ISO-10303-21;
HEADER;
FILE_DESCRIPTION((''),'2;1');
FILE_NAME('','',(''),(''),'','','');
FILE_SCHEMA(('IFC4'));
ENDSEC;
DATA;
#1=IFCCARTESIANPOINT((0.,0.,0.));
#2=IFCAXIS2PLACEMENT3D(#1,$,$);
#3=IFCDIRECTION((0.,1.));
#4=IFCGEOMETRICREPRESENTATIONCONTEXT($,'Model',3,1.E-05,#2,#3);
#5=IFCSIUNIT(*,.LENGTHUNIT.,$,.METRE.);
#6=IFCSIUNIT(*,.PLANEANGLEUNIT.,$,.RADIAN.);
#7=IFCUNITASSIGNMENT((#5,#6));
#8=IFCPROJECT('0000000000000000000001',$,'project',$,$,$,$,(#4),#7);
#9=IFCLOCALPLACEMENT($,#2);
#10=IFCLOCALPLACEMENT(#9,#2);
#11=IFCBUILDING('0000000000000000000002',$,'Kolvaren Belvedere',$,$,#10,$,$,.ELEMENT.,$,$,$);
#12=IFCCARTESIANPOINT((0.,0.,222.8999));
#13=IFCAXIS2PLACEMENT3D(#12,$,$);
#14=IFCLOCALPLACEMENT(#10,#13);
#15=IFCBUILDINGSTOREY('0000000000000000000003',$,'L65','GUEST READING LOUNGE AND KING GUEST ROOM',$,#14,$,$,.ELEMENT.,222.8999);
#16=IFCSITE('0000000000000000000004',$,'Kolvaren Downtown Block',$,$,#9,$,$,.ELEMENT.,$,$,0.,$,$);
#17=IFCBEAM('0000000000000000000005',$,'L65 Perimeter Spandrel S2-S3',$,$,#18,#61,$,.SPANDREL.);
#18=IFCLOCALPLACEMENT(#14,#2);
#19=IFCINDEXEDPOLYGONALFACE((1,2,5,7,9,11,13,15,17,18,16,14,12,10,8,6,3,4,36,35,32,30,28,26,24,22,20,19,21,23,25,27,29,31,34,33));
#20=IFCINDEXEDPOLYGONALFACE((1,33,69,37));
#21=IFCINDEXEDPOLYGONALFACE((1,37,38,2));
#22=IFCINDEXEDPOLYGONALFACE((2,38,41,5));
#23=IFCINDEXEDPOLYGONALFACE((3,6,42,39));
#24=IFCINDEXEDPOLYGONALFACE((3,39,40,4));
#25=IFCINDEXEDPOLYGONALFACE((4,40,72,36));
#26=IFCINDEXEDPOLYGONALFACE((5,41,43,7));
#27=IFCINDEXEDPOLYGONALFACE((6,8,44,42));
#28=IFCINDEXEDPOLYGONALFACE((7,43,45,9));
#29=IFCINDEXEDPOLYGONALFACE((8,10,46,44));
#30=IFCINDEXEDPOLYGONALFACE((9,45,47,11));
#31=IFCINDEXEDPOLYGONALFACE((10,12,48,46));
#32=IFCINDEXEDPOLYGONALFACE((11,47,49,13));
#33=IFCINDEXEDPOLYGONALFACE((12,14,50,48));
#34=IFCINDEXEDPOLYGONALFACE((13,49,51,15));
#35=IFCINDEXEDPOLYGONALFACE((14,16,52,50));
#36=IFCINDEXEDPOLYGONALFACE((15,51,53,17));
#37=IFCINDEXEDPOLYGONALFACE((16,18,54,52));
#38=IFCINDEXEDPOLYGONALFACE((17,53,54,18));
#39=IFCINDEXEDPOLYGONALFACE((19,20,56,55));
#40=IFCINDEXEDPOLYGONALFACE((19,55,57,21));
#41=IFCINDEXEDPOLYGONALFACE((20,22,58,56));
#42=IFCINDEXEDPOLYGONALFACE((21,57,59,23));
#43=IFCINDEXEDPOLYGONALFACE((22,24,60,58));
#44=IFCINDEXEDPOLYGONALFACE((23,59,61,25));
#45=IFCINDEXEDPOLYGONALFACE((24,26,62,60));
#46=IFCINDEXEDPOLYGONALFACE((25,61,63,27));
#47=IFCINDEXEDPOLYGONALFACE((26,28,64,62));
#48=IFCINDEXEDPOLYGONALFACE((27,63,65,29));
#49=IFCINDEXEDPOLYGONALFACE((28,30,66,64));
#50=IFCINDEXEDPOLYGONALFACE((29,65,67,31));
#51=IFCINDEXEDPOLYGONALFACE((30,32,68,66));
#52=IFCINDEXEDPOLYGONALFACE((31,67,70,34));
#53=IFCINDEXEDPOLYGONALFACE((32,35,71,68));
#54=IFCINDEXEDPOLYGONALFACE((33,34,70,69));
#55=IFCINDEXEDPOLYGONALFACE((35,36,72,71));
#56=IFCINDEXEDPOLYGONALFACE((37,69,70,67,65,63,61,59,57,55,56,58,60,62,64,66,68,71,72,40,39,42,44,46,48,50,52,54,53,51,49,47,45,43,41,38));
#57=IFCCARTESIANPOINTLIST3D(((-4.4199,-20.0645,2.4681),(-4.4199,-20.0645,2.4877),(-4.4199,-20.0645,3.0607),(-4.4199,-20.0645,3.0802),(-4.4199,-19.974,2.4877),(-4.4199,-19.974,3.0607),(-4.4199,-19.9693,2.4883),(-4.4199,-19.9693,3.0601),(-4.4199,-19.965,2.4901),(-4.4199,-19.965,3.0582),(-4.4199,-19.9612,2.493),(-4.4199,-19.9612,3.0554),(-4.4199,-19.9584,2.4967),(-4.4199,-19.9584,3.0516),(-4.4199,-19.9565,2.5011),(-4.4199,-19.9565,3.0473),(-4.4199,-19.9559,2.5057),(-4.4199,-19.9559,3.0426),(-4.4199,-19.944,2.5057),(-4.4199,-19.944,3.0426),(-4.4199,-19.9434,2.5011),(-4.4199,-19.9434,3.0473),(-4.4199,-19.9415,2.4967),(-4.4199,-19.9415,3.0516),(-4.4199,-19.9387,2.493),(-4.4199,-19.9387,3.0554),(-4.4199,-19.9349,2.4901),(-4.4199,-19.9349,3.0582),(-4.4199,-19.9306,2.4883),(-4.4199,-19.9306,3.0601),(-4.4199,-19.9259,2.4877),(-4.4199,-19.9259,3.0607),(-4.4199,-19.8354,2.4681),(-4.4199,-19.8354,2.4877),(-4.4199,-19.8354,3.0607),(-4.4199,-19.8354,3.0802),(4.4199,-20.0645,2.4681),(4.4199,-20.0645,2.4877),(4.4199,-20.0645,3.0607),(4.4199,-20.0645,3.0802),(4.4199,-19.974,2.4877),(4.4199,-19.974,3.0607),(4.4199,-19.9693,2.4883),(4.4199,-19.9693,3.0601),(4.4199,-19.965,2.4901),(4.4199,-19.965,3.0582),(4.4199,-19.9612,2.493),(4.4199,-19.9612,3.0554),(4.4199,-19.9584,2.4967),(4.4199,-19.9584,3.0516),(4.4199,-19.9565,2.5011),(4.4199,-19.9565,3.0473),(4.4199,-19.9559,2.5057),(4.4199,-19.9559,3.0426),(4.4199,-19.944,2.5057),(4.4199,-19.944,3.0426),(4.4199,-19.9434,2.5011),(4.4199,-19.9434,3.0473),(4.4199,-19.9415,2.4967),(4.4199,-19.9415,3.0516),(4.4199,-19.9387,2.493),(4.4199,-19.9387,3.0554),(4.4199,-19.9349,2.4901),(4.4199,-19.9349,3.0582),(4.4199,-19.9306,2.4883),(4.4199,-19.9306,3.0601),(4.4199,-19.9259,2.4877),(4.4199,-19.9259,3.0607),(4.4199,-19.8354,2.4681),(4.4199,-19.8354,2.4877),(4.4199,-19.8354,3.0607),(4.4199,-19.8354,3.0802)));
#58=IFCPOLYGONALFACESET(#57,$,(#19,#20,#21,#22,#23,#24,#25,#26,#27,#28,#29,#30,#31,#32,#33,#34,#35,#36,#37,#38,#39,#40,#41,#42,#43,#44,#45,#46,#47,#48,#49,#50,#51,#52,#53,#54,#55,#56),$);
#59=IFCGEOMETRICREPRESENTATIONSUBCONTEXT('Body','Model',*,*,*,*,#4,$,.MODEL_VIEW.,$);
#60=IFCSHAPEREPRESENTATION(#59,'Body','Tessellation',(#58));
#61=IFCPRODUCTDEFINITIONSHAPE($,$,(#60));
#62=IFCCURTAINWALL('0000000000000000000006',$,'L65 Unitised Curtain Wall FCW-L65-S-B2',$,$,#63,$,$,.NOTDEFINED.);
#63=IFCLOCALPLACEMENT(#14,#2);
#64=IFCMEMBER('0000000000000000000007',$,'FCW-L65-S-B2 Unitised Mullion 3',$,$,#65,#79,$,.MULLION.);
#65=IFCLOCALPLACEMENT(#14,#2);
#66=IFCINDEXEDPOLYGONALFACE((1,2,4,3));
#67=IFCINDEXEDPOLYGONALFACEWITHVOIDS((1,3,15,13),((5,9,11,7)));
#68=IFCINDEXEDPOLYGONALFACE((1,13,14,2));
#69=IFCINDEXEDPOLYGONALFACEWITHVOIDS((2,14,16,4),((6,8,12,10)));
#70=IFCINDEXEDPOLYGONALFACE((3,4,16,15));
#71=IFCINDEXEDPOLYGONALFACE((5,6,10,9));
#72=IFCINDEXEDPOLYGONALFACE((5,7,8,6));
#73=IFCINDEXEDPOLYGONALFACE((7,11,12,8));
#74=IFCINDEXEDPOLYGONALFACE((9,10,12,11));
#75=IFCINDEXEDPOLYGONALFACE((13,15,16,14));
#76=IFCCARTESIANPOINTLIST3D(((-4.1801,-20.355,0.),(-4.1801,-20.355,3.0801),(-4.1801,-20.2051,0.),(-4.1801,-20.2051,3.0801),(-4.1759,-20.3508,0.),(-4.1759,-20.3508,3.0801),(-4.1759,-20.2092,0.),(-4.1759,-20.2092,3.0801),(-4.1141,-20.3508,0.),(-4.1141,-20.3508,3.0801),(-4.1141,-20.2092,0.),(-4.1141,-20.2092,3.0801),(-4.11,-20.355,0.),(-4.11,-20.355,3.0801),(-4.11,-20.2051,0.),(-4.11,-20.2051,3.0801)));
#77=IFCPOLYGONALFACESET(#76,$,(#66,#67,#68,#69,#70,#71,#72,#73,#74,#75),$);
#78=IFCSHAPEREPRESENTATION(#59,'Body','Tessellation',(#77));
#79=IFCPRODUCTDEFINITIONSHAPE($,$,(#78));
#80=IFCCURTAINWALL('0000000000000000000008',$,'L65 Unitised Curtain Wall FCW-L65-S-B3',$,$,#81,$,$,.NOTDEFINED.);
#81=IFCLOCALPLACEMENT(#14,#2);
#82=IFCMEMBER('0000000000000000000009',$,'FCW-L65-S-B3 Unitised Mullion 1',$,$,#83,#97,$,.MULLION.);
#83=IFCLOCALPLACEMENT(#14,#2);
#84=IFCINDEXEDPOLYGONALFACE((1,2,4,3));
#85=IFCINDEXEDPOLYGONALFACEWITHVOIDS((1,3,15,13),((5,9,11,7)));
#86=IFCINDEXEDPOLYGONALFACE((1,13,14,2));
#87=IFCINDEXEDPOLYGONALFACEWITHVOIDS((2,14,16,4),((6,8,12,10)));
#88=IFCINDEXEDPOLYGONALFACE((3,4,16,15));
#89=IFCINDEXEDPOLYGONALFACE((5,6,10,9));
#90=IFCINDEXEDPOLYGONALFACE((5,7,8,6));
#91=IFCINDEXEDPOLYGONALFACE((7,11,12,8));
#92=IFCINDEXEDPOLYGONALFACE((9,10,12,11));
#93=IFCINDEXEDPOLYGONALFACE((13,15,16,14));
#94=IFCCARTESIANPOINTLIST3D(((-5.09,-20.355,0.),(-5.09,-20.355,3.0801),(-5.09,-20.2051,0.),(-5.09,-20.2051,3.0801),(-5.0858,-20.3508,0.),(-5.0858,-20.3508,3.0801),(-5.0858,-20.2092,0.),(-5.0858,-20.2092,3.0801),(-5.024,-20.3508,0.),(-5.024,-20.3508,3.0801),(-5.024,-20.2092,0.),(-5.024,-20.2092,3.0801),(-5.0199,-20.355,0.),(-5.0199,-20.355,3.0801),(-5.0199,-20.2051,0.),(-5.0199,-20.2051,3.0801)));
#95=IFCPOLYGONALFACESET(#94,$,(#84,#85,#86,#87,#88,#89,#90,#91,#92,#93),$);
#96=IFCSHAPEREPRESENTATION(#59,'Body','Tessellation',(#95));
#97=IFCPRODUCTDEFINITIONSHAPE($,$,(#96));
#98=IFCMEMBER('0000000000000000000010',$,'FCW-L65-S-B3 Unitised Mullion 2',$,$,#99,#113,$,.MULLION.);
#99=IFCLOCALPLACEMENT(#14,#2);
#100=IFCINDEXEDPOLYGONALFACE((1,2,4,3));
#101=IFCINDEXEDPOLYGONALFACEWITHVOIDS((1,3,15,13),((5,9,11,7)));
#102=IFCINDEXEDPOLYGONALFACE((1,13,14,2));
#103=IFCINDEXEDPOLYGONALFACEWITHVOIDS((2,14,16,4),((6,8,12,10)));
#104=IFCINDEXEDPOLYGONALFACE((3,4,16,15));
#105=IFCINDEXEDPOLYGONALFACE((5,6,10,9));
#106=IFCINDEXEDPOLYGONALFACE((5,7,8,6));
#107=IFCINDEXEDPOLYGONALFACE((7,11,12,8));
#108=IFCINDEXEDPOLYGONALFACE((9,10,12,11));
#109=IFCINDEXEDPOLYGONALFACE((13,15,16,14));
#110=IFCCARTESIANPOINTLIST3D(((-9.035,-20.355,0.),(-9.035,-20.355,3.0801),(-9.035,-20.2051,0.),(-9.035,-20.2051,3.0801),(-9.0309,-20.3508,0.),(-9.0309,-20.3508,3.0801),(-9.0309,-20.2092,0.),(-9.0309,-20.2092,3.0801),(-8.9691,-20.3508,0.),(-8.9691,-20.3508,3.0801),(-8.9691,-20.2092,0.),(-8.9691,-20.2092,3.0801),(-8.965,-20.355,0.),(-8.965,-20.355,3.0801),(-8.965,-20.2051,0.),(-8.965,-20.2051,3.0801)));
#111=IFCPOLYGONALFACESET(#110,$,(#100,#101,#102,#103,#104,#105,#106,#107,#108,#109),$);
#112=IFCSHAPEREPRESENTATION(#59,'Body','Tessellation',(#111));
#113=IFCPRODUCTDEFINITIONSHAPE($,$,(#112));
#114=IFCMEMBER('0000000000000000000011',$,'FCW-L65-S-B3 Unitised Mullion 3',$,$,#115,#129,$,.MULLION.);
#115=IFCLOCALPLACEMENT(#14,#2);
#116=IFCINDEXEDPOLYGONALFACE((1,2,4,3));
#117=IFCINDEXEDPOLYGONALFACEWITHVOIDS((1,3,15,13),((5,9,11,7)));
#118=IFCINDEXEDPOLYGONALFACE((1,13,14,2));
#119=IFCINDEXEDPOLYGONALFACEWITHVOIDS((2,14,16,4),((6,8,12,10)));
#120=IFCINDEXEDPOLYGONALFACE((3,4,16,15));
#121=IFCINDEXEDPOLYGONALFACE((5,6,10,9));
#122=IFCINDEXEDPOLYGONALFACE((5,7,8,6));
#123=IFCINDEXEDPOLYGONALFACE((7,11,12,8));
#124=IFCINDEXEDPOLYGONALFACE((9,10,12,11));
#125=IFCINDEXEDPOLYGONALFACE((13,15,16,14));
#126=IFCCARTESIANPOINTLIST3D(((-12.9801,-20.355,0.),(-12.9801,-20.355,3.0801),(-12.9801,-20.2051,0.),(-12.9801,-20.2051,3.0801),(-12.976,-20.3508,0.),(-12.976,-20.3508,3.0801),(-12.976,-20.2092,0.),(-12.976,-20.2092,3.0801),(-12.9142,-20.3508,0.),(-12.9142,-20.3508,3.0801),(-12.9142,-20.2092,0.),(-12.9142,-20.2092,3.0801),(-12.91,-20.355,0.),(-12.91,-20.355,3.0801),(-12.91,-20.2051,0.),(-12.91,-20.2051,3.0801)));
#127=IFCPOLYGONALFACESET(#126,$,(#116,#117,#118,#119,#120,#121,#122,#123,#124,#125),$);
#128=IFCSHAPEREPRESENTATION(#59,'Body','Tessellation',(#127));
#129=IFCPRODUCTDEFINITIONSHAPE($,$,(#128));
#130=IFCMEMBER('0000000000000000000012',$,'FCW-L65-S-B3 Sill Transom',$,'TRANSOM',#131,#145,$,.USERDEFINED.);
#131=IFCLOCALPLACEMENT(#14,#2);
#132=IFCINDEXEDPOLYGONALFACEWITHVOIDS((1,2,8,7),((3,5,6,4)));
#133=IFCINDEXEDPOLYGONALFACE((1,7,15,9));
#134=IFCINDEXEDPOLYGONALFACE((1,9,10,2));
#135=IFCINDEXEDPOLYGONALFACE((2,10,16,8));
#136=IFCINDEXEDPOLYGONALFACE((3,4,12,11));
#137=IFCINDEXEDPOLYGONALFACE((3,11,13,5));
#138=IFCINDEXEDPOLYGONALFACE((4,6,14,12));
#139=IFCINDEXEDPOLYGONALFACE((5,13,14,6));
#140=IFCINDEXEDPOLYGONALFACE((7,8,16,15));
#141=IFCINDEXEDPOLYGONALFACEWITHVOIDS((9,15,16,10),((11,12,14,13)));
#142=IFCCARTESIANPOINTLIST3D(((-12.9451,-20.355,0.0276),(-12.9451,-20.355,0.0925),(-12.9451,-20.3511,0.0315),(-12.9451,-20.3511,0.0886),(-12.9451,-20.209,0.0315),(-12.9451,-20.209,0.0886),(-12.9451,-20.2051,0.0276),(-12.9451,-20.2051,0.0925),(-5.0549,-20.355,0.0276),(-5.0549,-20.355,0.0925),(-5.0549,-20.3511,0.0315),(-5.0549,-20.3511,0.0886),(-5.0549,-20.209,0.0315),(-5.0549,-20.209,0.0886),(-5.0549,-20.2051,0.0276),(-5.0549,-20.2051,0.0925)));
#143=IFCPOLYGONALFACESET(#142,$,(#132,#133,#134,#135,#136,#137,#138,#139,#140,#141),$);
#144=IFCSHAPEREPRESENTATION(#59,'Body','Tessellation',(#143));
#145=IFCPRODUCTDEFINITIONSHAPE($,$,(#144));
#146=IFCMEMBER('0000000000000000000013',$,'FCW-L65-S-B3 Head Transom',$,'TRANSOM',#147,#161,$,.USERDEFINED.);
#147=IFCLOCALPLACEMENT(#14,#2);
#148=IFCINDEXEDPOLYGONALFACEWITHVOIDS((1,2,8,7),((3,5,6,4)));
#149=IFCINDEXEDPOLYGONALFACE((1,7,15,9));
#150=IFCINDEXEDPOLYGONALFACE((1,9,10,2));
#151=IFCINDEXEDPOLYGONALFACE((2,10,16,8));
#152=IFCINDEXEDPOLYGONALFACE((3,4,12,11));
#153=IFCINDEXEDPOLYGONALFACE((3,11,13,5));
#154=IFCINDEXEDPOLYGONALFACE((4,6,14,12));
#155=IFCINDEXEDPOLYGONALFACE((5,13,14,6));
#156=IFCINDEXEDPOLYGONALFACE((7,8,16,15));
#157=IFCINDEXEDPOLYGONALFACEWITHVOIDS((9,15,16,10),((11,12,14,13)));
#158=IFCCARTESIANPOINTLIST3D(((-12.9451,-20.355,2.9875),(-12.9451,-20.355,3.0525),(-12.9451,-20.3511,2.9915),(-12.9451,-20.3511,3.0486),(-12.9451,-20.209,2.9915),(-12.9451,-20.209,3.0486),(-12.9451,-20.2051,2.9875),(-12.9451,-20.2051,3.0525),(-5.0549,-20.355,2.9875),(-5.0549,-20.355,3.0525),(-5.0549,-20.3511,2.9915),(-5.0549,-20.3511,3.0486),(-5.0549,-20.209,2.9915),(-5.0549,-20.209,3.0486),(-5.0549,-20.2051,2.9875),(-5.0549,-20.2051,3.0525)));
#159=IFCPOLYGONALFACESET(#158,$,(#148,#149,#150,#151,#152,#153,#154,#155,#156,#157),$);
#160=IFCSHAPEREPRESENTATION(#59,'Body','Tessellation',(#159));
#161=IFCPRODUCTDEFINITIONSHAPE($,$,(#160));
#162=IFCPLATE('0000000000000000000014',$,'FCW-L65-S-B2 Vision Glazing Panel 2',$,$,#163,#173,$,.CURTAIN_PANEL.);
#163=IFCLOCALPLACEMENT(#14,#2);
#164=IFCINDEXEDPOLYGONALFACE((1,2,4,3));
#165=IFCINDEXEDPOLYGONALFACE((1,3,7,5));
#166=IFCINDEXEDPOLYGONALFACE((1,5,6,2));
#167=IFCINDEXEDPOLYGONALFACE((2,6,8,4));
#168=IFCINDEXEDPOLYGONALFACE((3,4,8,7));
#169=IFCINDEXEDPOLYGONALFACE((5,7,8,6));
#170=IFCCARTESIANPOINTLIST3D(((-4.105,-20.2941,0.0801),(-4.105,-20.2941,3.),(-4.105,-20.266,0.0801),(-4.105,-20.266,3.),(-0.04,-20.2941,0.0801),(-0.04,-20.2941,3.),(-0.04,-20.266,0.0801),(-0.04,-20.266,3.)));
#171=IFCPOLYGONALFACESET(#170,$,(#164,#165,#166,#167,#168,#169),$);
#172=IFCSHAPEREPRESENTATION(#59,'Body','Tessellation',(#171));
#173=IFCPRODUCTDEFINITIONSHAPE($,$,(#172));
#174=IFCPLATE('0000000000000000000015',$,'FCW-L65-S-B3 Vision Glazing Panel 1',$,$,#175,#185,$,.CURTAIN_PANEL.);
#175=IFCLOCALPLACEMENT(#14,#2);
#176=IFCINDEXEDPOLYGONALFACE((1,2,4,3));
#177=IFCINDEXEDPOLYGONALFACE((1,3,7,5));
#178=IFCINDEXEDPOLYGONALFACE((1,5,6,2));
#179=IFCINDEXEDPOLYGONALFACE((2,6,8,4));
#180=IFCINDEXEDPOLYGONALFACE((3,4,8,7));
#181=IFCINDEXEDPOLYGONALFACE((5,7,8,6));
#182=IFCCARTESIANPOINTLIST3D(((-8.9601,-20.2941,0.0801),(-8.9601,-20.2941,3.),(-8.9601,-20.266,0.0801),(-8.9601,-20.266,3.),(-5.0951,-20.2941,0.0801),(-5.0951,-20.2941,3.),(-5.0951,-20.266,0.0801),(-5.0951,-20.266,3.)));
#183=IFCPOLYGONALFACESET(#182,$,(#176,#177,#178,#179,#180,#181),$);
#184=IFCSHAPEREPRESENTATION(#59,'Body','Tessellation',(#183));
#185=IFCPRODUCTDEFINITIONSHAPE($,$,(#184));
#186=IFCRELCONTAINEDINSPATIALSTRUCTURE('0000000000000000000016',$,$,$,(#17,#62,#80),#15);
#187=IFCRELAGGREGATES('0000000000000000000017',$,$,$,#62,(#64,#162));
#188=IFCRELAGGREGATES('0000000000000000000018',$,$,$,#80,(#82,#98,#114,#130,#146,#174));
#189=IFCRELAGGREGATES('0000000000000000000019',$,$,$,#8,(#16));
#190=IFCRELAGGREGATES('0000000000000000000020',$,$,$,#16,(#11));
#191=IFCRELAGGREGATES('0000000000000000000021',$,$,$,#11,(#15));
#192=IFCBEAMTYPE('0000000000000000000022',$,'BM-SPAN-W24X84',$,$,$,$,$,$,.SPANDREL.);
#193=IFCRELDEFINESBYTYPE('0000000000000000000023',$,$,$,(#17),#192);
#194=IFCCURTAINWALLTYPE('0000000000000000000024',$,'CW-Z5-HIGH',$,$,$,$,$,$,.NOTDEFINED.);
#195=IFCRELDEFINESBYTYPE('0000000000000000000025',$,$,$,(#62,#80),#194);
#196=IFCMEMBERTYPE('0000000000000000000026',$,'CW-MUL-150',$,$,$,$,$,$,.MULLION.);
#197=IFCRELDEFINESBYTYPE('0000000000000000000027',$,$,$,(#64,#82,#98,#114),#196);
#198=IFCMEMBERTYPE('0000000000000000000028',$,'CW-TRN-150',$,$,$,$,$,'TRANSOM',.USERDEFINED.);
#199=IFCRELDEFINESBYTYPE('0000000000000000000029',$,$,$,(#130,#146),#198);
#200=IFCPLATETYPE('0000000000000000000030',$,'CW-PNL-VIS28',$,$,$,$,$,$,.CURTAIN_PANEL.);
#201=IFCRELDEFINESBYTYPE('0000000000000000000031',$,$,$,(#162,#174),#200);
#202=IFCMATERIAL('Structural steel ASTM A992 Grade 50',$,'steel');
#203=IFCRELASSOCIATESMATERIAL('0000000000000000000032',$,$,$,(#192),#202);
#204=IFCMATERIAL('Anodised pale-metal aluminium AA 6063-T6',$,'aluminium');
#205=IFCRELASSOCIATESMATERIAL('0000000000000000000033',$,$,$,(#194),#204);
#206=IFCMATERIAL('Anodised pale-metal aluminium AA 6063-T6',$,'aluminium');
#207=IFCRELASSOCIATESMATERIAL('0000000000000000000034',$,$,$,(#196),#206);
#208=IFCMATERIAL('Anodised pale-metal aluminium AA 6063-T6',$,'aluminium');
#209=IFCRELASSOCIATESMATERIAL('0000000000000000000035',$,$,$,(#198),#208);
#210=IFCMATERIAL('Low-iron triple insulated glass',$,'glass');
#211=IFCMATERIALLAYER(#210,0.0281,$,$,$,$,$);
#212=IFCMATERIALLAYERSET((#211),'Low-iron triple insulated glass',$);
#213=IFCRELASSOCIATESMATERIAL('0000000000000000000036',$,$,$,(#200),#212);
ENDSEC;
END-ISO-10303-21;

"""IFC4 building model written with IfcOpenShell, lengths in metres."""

from ifc_helpers import new_model, si_unit, direction, frame, origin, origin_2d, place, context, subcontext, project, spatial, rectangle, hollow_rectangle, i_section, extrude, material, layer, layer_set, material_profile, profile_set, type_object, element, aggregate, save


model = new_model("IFC4")

# Units and contexts
model_context = context("Model", 3, precision=1e-05, world=origin(), true_north=direction((0.0, 1.0)))
body_context = subcontext(model_context, "Body", "Model", "MODEL_VIEW")
ifc_project = project(units=[si_unit("LENGTHUNIT", "METRE"), si_unit("PLANEANGLEUNIT", "RADIAN")], contexts=[model_context])

# Site, building, storey
site_placement = place(None, origin())
site = spatial("IfcSite", under=ifc_project, at=site_placement, Name="Kolvaren Downtown Block", CompositionType="ELEMENT", RefElevation=0.0)
building_placement = place(site_placement, origin())
building = spatial("IfcBuilding", under=site, at=building_placement, Name="Kolvaren Belvedere", CompositionType="ELEMENT")
storey_placement = place(building_placement, frame((0.0, 0.0, 222.8999)))
storey = spatial("IfcBuildingStorey", under=building, at=storey_placement, Name="L65", Description="GUEST READING LOUNGE AND KING GUEST ROOM", CompositionType="ELEMENT", Elevation=222.8999)

# Beam
ifc_material_1 = material(Name="Structural steel ASTM A992 Grade 50", Category="steel")
ifc_material_profile_1 = material_profile(ifc_material_1, i_section(OverallWidth=0.229, OverallDepth=0.6121, WebThickness=0.012, FlangeThickness=0.0195, FilletRadius=0.0181, at=origin_2d()), Name="W24X84")
ifc_profile_set_1 = profile_set([ifc_material_profile_1], Name="Structural steel ASTM A992 Grade 50")
beam_type_1 = type_object("IfcBeamType", Name="BM-SPAN-W24X84", PredefinedType="SPANDREL", material=ifc_profile_set_1)
beam_1_placement = place(storey_placement, frame((-4.4199, -19.95, 2.7742), z_axis=(1.0, 0.0, 0.0), x_axis=(0.0, 1.0, 0.0)))
element("IfcBeam", 1, at=beam_1_placement, inside=storey, type_object=beam_type_1, Name="L65 Perimeter Spandrel S2-S3", PredefinedType="SPANDREL", context=body_context, shape_type="SweptSolid", body=[
    extrude(i_section(OverallWidth=0.229, OverallDepth=0.6121, WebThickness=0.012, FlangeThickness=0.0195, FilletRadius=0.0181, at=origin_2d()), origin(), (0.0, 0.0, 1.0), 8.8398),
])

# Curtain wall, member
ifc_material_2 = material(Name="Anodised pale-metal aluminium AA 6063-T6", Category="aluminium")
curtain_wall_type = type_object("IfcCurtainWallType", Name="CW-Z5-HIGH", PredefinedType="NOTDEFINED", material=ifc_material_2)
curtain_wall_1_placement = place(storey_placement, origin())
curtain_wall_1 = element("IfcCurtainWall", 2, at=curtain_wall_1_placement, inside=storey, type_object=curtain_wall_type, Name="L65 Unitised Curtain Wall FCW-L65-S-B2", PredefinedType="NOTDEFINED")
ifc_material_3 = material(Name="Anodised pale-metal aluminium AA 6063-T6", Category="aluminium")
ifc_material_profile_2 = material_profile(ifc_material_3, hollow_rectangle(XDim=0.0701, YDim=0.1499, WallThickness=0.0042, at=origin_2d()), Name="ALU-MUL-150X70")
ifc_profile_set_2 = profile_set([ifc_material_profile_2], Name="Anodised pale-metal aluminium AA 6063-T6")
member_type_1 = type_object("IfcMemberType", Name="CW-MUL-150", PredefinedType="MULLION", material=ifc_profile_set_2)
member_1_placement = place(storey_placement, frame((-4.145, -20.28, 0.0), z_axis=(0.0, 0.0, 1.0), x_axis=(1.0, 0.0, 0.0)))
member_1 = element("IfcMember", 3, at=member_1_placement, type_object=member_type_1, Name="FCW-L65-S-B2 Unitised Mullion 3", PredefinedType="MULLION", context=body_context, shape_type="SweptSolid", body=[
    extrude(hollow_rectangle(XDim=0.0701, YDim=0.1499, WallThickness=0.0042, at=origin_2d()), origin(), (0.0, 0.0, 1.0), 3.0801),
])

# Curtain wall, members
curtain_wall_2_placement = place(storey_placement, origin())
curtain_wall_2 = element("IfcCurtainWall", 4, at=curtain_wall_2_placement, inside=storey, type_object=curtain_wall_type, Name="L65 Unitised Curtain Wall FCW-L65-S-B3", PredefinedType="NOTDEFINED")
member_2_placement = place(storey_placement, frame((-5.0549, -20.28, 0.0), z_axis=(0.0, 0.0, 1.0), x_axis=(1.0, 0.0, 0.0)))
member_2 = element("IfcMember", 5, at=member_2_placement, type_object=member_type_1, Name="FCW-L65-S-B3 Unitised Mullion 1", PredefinedType="MULLION", context=body_context, shape_type="SweptSolid", body=[
    extrude(hollow_rectangle(XDim=0.0701, YDim=0.1499, WallThickness=0.0042, at=origin_2d()), origin(), (0.0, 0.0, 1.0), 3.0801),
])
member_3_placement = place(storey_placement, frame((-9.0, -20.28, 0.0), z_axis=(0.0, 0.0, 1.0), x_axis=(1.0, 0.0, 0.0)))
member_3 = element("IfcMember", 6, at=member_3_placement, type_object=member_type_1, Name="FCW-L65-S-B3 Unitised Mullion 2", PredefinedType="MULLION", context=body_context, shape_type="SweptSolid", body=[
    extrude(hollow_rectangle(XDim=0.0701, YDim=0.1499, WallThickness=0.0042, at=origin_2d()), origin(), (0.0, 0.0, 1.0), 3.0801),
])
member_4_placement = place(storey_placement, frame((-12.9451, -20.28, 0.0), z_axis=(0.0, 0.0, 1.0), x_axis=(1.0, 0.0, 0.0)))
member_4 = element("IfcMember", 7, at=member_4_placement, type_object=member_type_1, Name="FCW-L65-S-B3 Unitised Mullion 3", PredefinedType="MULLION", context=body_context, shape_type="SweptSolid", body=[
    extrude(hollow_rectangle(XDim=0.0701, YDim=0.1499, WallThickness=0.0042, at=origin_2d()), origin(), (0.0, 0.0, 1.0), 3.0801),
])
ifc_material_4 = material(Name="Anodised pale-metal aluminium AA 6063-T6", Category="aluminium")
ifc_material_profile_3 = material_profile(ifc_material_4, hollow_rectangle(XDim=0.0649, YDim=0.1499, WallThickness=0.0039, at=origin_2d()), Name="ALU-TRN-150X65")
ifc_profile_set_3 = profile_set([ifc_material_profile_3], Name="Anodised pale-metal aluminium AA 6063-T6")
member_type_2 = type_object("IfcMemberType", Name="CW-TRN-150", ElementType="TRANSOM", PredefinedType="USERDEFINED", material=ifc_profile_set_3)
member_5_placement = place(storey_placement, frame((-5.0549, -20.28, 0.0601), z_axis=(-1.0, 0.0, 0.0), x_axis=(0.0, 0.0, 1.0)))
member_5 = element("IfcMember", 8, at=member_5_placement, type_object=member_type_2, Name="FCW-L65-S-B3 Sill Transom", ObjectType="TRANSOM", PredefinedType="USERDEFINED", context=body_context, shape_type="SweptSolid", body=[
    extrude(hollow_rectangle(XDim=0.0649, YDim=0.1499, WallThickness=0.0039, at=origin_2d()), origin(), (0.0, 0.0, 1.0), 7.8901),
])
member_6_placement = place(storey_placement, frame((-5.0549, -20.28, 3.02), z_axis=(-1.0, 0.0, 0.0), x_axis=(0.0, 0.0, 1.0)))
member_6 = element("IfcMember", 9, at=member_6_placement, type_object=member_type_2, Name="FCW-L65-S-B3 Head Transom", ObjectType="TRANSOM", PredefinedType="USERDEFINED", context=body_context, shape_type="SweptSolid", body=[
    extrude(hollow_rectangle(XDim=0.0649, YDim=0.1499, WallThickness=0.0039, at=origin_2d()), origin(), (0.0, 0.0, 1.0), 7.8901),
])

# Plates
ifc_material_5 = material(Name="Low-iron triple insulated glass", Category="glass")
ifc_layer_1 = layer(ifc_material_5, 0.0281)
ifc_layer_set_1 = layer_set([ifc_layer_1], Name="Low-iron triple insulated glass")
plate_type_1 = type_object("IfcPlateType", Name="CW-PNL-VIS28", PredefinedType="CURTAIN_PANEL", material=ifc_layer_set_1)
plate_1_placement = place(storey_placement, frame((-2.0725, -20.28, 0.0801), z_axis=(0.0, 0.0, 1.0), x_axis=(-1.0, 0.0, 0.0)))
plate_1 = element("IfcPlate", 10, at=plate_1_placement, type_object=plate_type_1, Name="FCW-L65-S-B2 Vision Glazing Panel 2", PredefinedType="CURTAIN_PANEL", context=body_context, shape_type="SweptSolid", body=[
    extrude(rectangle(XDim=4.0649, YDim=0.0281, at=origin_2d()), origin(), (0.0, 0.0, 1.0), 2.9199),
])
aggregate(curtain_wall_1, [member_1, plate_1])
plate_2_placement = place(storey_placement, frame((-7.0276, -20.28, 0.0801), z_axis=(0.0, 0.0, 1.0), x_axis=(-1.0, 0.0, 0.0)))
plate_2 = element("IfcPlate", 11, at=plate_2_placement, type_object=plate_type_1, Name="FCW-L65-S-B3 Vision Glazing Panel 1", PredefinedType="CURTAIN_PANEL", context=body_context, shape_type="SweptSolid", body=[
    extrude(rectangle(XDim=3.865, YDim=0.0281, at=origin_2d()), origin(), (0.0, 0.0, 1.0), 2.9199),
])
aggregate(curtain_wall_2, [member_2, member_3, member_4, member_5, member_6, plate_2])

save(model, "model.ifc")
